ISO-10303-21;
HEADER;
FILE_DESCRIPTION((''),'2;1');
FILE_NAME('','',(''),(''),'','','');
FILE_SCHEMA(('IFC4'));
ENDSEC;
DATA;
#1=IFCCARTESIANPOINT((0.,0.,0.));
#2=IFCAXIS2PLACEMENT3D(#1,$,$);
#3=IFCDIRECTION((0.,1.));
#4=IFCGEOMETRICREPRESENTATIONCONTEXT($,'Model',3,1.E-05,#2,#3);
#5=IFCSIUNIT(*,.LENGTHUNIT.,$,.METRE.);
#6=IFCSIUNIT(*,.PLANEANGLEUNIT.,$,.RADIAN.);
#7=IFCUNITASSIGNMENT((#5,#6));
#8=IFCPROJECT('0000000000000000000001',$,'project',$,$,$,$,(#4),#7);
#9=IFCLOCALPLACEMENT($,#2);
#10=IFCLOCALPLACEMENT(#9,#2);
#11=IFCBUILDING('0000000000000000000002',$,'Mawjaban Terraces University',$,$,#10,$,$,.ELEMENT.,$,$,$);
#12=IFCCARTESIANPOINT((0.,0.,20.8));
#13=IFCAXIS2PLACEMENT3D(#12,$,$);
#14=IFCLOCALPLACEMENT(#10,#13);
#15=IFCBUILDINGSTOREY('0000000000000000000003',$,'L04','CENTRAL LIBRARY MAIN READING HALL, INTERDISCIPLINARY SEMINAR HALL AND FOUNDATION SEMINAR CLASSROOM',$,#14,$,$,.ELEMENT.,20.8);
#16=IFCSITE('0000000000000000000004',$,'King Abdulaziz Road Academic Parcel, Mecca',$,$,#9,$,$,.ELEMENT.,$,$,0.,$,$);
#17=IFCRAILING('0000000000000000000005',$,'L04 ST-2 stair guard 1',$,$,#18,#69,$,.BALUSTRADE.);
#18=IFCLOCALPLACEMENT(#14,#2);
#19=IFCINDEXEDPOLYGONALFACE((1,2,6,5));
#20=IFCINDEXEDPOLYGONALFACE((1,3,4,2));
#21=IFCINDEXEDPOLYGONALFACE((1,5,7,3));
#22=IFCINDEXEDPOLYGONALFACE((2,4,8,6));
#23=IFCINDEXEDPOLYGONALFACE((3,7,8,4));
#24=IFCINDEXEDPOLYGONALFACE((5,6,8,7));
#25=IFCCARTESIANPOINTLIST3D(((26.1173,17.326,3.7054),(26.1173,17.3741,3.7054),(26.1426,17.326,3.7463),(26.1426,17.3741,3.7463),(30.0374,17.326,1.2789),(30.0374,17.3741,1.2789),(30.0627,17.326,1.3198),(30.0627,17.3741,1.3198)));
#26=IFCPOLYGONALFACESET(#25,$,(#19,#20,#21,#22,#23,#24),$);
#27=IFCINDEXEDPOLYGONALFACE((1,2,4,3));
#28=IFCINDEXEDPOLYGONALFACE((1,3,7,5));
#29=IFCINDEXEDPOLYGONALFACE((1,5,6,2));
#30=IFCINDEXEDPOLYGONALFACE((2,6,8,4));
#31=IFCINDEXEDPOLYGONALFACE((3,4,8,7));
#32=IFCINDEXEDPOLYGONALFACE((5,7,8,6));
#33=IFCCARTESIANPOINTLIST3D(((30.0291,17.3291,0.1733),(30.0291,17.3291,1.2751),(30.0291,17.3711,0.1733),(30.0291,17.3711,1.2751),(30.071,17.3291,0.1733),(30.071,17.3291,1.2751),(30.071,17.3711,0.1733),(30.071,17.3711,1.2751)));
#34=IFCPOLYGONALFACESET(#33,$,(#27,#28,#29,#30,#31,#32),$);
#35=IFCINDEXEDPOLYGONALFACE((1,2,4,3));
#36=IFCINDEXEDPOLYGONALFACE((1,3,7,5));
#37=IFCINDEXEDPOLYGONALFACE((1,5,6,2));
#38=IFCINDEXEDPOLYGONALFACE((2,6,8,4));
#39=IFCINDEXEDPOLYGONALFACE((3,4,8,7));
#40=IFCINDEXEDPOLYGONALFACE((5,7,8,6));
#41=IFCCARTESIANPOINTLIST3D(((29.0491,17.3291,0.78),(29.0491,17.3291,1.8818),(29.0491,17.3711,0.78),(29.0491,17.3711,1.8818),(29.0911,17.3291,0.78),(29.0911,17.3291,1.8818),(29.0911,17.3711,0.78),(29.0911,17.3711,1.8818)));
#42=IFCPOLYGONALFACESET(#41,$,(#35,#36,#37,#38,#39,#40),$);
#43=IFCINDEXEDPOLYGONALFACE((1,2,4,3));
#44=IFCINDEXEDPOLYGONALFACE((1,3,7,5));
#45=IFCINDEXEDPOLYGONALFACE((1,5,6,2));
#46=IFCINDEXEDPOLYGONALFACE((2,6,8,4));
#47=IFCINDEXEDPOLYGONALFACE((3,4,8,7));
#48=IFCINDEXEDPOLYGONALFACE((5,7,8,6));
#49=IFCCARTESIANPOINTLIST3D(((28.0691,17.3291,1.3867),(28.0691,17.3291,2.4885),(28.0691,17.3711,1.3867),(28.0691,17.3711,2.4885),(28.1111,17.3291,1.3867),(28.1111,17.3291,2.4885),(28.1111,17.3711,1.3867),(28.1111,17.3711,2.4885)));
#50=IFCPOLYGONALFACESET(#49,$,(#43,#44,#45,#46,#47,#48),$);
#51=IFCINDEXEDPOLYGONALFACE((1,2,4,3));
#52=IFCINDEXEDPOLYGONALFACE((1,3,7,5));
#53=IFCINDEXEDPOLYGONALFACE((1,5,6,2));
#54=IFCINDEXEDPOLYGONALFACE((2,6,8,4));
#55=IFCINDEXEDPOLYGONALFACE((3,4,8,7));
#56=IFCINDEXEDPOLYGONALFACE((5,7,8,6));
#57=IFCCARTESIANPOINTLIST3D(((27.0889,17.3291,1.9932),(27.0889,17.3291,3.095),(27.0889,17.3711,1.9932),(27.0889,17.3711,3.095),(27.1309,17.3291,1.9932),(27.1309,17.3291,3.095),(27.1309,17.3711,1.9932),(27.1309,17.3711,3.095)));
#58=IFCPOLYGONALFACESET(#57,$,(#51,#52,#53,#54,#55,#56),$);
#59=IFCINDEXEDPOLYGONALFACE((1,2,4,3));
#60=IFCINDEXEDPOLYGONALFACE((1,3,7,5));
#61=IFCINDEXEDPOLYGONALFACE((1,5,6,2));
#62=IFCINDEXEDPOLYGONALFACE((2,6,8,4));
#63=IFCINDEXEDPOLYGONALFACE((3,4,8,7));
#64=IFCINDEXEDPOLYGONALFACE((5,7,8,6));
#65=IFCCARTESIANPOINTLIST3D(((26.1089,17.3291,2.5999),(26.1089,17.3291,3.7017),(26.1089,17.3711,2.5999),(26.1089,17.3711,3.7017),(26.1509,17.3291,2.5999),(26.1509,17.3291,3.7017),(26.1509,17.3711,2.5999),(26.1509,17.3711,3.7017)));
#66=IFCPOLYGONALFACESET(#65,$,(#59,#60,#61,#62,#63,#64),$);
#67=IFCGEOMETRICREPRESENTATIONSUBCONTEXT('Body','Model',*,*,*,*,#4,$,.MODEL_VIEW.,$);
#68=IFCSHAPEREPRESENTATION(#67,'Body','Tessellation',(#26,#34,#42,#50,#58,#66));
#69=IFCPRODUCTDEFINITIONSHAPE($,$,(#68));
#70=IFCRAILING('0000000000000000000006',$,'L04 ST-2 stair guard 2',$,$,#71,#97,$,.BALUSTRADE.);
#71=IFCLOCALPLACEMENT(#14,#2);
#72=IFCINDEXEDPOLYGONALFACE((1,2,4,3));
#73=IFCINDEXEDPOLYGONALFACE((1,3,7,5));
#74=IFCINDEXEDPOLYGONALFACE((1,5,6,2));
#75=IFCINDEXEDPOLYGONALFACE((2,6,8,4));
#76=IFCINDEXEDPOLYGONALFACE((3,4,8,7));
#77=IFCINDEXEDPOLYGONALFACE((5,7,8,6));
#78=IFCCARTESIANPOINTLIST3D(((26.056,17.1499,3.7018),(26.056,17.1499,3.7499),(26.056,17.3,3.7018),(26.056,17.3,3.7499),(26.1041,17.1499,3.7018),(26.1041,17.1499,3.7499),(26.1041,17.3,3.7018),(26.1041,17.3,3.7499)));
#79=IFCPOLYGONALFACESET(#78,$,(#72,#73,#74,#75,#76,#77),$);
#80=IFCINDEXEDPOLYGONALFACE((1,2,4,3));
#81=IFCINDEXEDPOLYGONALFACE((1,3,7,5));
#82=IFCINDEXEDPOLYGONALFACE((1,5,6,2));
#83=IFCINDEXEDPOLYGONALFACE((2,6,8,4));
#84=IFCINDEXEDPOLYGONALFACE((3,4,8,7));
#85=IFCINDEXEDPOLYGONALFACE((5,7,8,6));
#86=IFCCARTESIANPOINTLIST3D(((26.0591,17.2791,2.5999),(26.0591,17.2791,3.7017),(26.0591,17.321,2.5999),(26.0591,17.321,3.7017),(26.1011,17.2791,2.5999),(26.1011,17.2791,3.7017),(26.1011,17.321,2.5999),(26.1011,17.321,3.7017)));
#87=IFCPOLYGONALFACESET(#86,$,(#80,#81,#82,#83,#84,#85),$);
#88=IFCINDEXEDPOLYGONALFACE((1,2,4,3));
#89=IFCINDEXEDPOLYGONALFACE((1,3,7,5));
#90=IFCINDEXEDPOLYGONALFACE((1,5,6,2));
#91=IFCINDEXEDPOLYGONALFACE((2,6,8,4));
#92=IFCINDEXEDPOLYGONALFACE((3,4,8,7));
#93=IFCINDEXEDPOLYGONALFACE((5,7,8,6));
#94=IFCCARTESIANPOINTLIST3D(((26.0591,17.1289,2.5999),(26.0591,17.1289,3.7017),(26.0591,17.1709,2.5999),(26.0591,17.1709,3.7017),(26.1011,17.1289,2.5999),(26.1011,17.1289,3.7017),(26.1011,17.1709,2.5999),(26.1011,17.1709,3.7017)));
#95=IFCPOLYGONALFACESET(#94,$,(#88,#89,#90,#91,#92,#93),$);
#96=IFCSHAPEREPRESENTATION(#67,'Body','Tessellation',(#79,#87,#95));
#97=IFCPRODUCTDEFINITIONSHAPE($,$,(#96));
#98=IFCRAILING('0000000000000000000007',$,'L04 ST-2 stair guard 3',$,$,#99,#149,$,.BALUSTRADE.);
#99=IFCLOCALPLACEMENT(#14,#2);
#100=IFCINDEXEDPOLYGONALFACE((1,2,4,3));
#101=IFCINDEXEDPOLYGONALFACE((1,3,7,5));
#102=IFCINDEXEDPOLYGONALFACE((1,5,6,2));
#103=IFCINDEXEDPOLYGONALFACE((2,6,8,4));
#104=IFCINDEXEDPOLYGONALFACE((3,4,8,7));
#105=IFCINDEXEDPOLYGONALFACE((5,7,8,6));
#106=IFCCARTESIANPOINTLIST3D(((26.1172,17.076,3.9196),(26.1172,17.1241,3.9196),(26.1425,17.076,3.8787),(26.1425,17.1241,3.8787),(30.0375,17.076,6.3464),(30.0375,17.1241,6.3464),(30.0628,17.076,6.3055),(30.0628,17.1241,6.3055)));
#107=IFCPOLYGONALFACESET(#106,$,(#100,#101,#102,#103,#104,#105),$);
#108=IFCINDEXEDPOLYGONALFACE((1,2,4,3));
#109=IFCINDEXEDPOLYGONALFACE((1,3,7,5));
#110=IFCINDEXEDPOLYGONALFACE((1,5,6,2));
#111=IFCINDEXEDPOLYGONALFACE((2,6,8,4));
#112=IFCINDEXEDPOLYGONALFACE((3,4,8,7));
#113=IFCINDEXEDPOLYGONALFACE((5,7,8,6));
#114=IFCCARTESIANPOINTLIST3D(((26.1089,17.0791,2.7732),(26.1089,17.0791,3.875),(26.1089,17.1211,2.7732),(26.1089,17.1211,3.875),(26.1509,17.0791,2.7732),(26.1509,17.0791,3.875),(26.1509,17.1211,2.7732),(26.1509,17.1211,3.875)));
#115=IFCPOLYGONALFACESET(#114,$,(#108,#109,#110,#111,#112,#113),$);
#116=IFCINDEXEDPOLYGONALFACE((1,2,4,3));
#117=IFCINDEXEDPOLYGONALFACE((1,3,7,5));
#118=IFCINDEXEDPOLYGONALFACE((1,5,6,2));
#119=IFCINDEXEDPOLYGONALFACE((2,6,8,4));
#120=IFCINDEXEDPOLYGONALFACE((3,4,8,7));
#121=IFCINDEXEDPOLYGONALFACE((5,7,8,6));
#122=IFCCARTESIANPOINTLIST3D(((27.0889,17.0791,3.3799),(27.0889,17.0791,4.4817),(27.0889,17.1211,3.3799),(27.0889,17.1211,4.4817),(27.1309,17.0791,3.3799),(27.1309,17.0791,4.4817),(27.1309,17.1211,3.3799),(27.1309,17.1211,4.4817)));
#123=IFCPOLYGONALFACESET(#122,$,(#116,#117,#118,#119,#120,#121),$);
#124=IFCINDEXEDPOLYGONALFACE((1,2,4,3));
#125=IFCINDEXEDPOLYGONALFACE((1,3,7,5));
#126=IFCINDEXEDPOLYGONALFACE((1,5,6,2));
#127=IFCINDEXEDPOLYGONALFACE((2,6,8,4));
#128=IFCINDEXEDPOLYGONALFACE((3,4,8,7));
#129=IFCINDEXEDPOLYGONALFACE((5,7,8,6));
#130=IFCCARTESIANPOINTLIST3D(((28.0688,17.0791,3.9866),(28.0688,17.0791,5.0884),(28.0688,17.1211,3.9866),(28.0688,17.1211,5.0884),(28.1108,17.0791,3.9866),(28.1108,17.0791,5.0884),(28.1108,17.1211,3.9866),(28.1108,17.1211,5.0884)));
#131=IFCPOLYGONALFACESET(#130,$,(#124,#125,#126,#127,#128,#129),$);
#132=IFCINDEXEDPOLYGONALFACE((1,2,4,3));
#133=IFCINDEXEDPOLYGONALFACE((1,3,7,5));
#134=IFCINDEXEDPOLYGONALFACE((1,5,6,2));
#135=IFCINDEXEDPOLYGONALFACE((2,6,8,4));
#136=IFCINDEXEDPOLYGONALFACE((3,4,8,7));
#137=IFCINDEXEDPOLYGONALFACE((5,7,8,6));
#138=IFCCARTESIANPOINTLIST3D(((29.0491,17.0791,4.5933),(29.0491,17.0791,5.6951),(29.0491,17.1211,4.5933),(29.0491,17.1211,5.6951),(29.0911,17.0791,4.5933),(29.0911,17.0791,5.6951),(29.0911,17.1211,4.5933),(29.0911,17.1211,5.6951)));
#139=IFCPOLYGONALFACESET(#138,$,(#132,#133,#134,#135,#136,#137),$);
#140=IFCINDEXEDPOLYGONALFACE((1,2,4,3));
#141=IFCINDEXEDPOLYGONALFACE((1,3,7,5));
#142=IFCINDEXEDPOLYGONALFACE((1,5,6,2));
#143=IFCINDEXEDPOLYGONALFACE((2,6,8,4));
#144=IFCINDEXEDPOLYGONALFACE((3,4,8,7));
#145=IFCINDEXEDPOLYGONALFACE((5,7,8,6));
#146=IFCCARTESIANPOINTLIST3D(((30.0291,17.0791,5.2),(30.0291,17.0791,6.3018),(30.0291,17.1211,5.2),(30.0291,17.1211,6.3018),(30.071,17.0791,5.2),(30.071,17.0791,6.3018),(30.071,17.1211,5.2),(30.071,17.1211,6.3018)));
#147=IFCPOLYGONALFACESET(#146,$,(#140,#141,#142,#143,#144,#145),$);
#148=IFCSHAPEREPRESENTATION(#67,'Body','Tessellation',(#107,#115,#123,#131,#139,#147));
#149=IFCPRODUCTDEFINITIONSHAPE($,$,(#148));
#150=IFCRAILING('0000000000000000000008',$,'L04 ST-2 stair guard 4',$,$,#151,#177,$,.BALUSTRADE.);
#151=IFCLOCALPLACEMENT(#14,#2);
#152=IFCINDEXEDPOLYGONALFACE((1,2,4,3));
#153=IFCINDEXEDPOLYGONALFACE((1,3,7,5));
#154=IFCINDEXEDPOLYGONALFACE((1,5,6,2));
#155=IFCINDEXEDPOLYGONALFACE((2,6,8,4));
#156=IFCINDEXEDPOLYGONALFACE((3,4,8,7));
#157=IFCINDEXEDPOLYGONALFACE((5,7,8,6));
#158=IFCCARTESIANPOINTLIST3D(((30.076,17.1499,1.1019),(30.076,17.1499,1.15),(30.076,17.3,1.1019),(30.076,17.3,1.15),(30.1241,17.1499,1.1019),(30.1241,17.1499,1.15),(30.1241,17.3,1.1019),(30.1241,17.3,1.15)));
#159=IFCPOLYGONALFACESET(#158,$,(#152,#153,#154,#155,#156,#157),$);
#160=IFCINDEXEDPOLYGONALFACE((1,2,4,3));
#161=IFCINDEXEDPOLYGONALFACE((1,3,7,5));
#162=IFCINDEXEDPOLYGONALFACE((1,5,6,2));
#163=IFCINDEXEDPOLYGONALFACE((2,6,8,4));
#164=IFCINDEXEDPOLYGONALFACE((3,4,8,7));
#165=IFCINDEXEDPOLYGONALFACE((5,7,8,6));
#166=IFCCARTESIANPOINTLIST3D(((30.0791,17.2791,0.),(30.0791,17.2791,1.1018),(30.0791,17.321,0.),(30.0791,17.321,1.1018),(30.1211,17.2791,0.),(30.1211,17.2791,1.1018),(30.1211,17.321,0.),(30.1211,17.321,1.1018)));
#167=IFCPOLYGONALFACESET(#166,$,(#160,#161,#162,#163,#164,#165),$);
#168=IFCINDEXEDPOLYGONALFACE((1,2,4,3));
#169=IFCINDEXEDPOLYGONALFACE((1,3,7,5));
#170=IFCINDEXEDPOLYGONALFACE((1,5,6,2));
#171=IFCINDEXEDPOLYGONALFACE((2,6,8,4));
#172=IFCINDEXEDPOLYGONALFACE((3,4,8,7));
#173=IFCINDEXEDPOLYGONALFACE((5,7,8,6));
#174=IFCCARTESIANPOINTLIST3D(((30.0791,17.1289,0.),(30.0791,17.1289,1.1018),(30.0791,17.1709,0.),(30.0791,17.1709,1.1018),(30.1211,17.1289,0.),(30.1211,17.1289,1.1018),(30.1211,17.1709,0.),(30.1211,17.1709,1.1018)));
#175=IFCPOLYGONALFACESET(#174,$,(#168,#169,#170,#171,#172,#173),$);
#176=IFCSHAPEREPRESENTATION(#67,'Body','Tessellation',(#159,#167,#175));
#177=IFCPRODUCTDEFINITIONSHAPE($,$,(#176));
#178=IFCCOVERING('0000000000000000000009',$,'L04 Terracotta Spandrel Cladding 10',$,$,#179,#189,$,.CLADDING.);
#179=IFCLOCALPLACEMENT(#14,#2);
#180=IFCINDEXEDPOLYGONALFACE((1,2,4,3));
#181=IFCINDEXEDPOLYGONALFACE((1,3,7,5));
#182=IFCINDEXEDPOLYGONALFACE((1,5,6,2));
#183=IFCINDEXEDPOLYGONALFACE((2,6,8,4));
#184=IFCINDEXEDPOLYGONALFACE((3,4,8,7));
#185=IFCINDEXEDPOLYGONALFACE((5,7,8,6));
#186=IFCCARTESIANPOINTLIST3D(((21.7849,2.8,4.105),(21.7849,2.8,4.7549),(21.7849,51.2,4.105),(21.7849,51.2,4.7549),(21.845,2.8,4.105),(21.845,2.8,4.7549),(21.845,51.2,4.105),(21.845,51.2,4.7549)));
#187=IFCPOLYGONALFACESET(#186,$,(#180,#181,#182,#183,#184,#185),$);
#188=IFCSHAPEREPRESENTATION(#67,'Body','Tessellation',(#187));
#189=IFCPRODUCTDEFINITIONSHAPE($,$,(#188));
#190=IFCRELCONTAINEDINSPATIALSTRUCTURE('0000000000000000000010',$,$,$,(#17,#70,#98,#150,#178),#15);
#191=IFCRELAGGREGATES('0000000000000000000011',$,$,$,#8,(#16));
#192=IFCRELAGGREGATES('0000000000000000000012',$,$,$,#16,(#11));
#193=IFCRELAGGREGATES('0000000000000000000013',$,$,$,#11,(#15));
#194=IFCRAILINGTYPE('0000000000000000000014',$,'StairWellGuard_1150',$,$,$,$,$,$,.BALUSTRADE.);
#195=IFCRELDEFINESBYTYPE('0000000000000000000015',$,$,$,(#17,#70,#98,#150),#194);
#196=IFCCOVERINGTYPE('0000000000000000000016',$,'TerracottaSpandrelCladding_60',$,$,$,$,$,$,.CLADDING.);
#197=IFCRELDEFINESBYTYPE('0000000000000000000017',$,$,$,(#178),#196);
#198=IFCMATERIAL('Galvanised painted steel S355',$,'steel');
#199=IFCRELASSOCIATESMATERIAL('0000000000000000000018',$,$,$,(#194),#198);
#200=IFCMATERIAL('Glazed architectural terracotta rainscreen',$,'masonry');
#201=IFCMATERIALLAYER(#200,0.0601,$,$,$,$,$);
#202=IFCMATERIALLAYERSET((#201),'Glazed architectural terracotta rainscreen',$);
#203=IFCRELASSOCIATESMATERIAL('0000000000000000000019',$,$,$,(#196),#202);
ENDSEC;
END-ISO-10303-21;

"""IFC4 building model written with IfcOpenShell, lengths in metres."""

from ifc_helpers import new_model, si_unit, direction, frame, origin, origin_2d, place, context, subcontext, project, spatial, rectangle, extrude, material, layer, layer_set, type_object, element, save


model = new_model("IFC4")

# Units and contexts
model_context = context("Model", 3, precision=1e-05, world=origin(), true_north=direction((0.0, 1.0)))
body_context = subcontext(model_context, "Body", "Model", "MODEL_VIEW")
ifc_project = project(units=[si_unit("LENGTHUNIT", "METRE"), si_unit("PLANEANGLEUNIT", "RADIAN")], contexts=[model_context])

# Site, building, storey
site_placement = place(None, origin())
site = spatial("IfcSite", under=ifc_project, at=site_placement, Name="King Abdulaziz Road Academic Parcel, Mecca", CompositionType="ELEMENT", RefElevation=0.0)
building_placement = place(site_placement, origin())
building = spatial("IfcBuilding", under=site, at=building_placement, Name="Mawjaban Terraces University", CompositionType="ELEMENT")
storey_placement = place(building_placement, frame((0.0, 0.0, 20.8)))
storey = spatial("IfcBuildingStorey", under=building, at=storey_placement, Name="L04", Description="CENTRAL LIBRARY MAIN READING HALL, INTERDISCIPLINARY SEMINAR HALL AND FOUNDATION SEMINAR CLASSROOM", CompositionType="ELEMENT", Elevation=20.8)

# Railings
ifc_material_1 = material(Name="Galvanised painted steel S355", Category="steel")
railing_type_1 = type_object("IfcRailingType", Name="StairWellGuard_1150", PredefinedType="BALUSTRADE", material=ifc_material_1)
railing_1_placement = place(storey_placement, frame((30.05, 17.3501, 0.1733)))
element("IfcRailing", 1, at=railing_1_placement, inside=storey, type_object=railing_type_1, Name="L04 ST-2 stair guard 1", PredefinedType="BALUSTRADE", context=body_context, shape_type="SweptSolid", body=[
    extrude(rectangle(XDim=0.0481, YDim=0.0481, at=origin_2d()), frame((0.0, 0.0, 1.126), z_axis=(-0.85029, 0.0, 0.526315), x_axis=(0.0, -1.0, 0.0)), (0.0, 0.0, 1.0), 4.6104),
    extrude(rectangle(XDim=0.042, YDim=0.042, at=origin_2d()), origin(), (0.0, 0.0, 1.0), 1.1018),
    extrude(rectangle(XDim=0.042, YDim=0.042, at=origin_2d()), frame((-0.98, 0.0, 0.6067)), (0.0, 0.0, 1.0), 1.1018),
    extrude(rectangle(XDim=0.042, YDim=0.042, at=origin_2d()), frame((-1.96, 0.0, 1.2134)), (0.0, 0.0, 1.0), 1.1018),
    extrude(rectangle(XDim=0.042, YDim=0.042, at=origin_2d()), frame((-2.9402, 0.0, 1.8198)), (0.0, 0.0, 1.0), 1.1018),
    extrude(rectangle(XDim=0.042, YDim=0.042, at=origin_2d()), frame((-3.9202, 0.0, 2.4265)), (0.0, 0.0, 1.0), 1.1018),
])
railing_2_placement = place(storey_placement, frame((26.0801, 17.3, 2.5999)))
element("IfcRailing", 2, at=railing_2_placement, inside=storey, type_object=railing_type_1, Name="L04 ST-2 stair guard 2", PredefinedType="BALUSTRADE", context=body_context, shape_type="SweptSolid", body=[
    extrude(rectangle(XDim=0.0481, YDim=0.0481, at=origin_2d()), frame((0.0, 0.0, 1.126), z_axis=(0.0, -1.0, 0.0), x_axis=(1.0, 0.0, 0.0)), (0.0, 0.0, 1.0), 0.1501),
    extrude(rectangle(XDim=0.042, YDim=0.042, at=origin_2d()), origin(), (0.0, 0.0, 1.0), 1.1018),
    extrude(rectangle(XDim=0.042, YDim=0.042, at=origin_2d()), frame((0.0, -0.1501, 0.0)), (0.0, 0.0, 1.0), 1.1018),
])
railing_3_placement = place(storey_placement, frame((26.1299, 17.1001, 2.7732)))
element("IfcRailing", 3, at=railing_3_placement, inside=storey, type_object=railing_type_1, Name="L04 ST-2 stair guard 3", PredefinedType="BALUSTRADE", context=body_context, shape_type="SweptSolid", body=[
    extrude(rectangle(XDim=0.0481, YDim=0.0481, at=origin_2d()), frame((0.0, 0.0, 1.126), z_axis=(0.850266, 0.0, 0.526353), x_axis=(0.0, 1.0, 0.0)), (0.0, 0.0, 1.0), 4.6106),
    extrude(rectangle(XDim=0.042, YDim=0.042, at=origin_2d()), origin(), (0.0, 0.0, 1.0), 1.1018),
    extrude(rectangle(XDim=0.042, YDim=0.042, at=origin_2d()), frame((0.98, 0.0, 0.6067)), (0.0, 0.0, 1.0), 1.1018),
    extrude(rectangle(XDim=0.042, YDim=0.042, at=origin_2d()), frame((1.96, 0.0, 1.2134)), (0.0, 0.0, 1.0), 1.1018),
    extrude(rectangle(XDim=0.042, YDim=0.042, at=origin_2d()), frame((2.9402, 0.0, 1.8201)), (0.0, 0.0, 1.0), 1.1018),
    extrude(rectangle(XDim=0.042, YDim=0.042, at=origin_2d()), frame((3.9202, 0.0, 2.4268)), (0.0, 0.0, 1.0), 1.1018),
])
railing_4_placement = place(storey_placement, frame((30.1001, 17.3, 0.0)))
element("IfcRailing", 4, at=railing_4_placement, inside=storey, type_object=railing_type_1, Name="L04 ST-2 stair guard 4", PredefinedType="BALUSTRADE", context=body_context, shape_type="SweptSolid", body=[
    extrude(rectangle(XDim=0.0481, YDim=0.0481, at=origin_2d()), frame((0.0, 0.0, 1.126), z_axis=(0.0, -1.0, 0.0), x_axis=(1.0, 0.0, 0.0)), (0.0, 0.0, 1.0), 0.1501),
    extrude(rectangle(XDim=0.042, YDim=0.042, at=origin_2d()), origin(), (0.0, 0.0, 1.0), 1.1018),
    extrude(rectangle(XDim=0.042, YDim=0.042, at=origin_2d()), frame((0.0, -0.1501, 0.0)), (0.0, 0.0, 1.0), 1.1018),
])

# Covering
ifc_material_2 = material(Name="Glazed architectural terracotta rainscreen", Category="masonry")
ifc_layer_1 = layer(ifc_material_2, 0.0601)
ifc_layer_set_1 = layer_set([ifc_layer_1], Name="Glazed architectural terracotta rainscreen")
covering_type = type_object("IfcCoveringType", Name="TerracottaSpandrelCladding_60", PredefinedType="CLADDING", material=ifc_layer_set_1)
covering_placement = place(storey_placement, frame((21.8149, 27.0, 4.105), z_axis=(0.0, 0.0, 1.0), x_axis=(0.0, -1.0, 0.0)))
element("IfcCovering", 5, at=covering_placement, inside=storey, type_object=covering_type, Name="L04 Terracotta Spandrel Cladding 10", PredefinedType="CLADDING", context=body_context, shape_type="SweptSolid", body=[
    extrude(rectangle(XDim=48.3999, YDim=0.0601, at=origin_2d()), origin(), (0.0, 0.0, 1.0), 0.6499),
])

save(model, "model.ifc")
